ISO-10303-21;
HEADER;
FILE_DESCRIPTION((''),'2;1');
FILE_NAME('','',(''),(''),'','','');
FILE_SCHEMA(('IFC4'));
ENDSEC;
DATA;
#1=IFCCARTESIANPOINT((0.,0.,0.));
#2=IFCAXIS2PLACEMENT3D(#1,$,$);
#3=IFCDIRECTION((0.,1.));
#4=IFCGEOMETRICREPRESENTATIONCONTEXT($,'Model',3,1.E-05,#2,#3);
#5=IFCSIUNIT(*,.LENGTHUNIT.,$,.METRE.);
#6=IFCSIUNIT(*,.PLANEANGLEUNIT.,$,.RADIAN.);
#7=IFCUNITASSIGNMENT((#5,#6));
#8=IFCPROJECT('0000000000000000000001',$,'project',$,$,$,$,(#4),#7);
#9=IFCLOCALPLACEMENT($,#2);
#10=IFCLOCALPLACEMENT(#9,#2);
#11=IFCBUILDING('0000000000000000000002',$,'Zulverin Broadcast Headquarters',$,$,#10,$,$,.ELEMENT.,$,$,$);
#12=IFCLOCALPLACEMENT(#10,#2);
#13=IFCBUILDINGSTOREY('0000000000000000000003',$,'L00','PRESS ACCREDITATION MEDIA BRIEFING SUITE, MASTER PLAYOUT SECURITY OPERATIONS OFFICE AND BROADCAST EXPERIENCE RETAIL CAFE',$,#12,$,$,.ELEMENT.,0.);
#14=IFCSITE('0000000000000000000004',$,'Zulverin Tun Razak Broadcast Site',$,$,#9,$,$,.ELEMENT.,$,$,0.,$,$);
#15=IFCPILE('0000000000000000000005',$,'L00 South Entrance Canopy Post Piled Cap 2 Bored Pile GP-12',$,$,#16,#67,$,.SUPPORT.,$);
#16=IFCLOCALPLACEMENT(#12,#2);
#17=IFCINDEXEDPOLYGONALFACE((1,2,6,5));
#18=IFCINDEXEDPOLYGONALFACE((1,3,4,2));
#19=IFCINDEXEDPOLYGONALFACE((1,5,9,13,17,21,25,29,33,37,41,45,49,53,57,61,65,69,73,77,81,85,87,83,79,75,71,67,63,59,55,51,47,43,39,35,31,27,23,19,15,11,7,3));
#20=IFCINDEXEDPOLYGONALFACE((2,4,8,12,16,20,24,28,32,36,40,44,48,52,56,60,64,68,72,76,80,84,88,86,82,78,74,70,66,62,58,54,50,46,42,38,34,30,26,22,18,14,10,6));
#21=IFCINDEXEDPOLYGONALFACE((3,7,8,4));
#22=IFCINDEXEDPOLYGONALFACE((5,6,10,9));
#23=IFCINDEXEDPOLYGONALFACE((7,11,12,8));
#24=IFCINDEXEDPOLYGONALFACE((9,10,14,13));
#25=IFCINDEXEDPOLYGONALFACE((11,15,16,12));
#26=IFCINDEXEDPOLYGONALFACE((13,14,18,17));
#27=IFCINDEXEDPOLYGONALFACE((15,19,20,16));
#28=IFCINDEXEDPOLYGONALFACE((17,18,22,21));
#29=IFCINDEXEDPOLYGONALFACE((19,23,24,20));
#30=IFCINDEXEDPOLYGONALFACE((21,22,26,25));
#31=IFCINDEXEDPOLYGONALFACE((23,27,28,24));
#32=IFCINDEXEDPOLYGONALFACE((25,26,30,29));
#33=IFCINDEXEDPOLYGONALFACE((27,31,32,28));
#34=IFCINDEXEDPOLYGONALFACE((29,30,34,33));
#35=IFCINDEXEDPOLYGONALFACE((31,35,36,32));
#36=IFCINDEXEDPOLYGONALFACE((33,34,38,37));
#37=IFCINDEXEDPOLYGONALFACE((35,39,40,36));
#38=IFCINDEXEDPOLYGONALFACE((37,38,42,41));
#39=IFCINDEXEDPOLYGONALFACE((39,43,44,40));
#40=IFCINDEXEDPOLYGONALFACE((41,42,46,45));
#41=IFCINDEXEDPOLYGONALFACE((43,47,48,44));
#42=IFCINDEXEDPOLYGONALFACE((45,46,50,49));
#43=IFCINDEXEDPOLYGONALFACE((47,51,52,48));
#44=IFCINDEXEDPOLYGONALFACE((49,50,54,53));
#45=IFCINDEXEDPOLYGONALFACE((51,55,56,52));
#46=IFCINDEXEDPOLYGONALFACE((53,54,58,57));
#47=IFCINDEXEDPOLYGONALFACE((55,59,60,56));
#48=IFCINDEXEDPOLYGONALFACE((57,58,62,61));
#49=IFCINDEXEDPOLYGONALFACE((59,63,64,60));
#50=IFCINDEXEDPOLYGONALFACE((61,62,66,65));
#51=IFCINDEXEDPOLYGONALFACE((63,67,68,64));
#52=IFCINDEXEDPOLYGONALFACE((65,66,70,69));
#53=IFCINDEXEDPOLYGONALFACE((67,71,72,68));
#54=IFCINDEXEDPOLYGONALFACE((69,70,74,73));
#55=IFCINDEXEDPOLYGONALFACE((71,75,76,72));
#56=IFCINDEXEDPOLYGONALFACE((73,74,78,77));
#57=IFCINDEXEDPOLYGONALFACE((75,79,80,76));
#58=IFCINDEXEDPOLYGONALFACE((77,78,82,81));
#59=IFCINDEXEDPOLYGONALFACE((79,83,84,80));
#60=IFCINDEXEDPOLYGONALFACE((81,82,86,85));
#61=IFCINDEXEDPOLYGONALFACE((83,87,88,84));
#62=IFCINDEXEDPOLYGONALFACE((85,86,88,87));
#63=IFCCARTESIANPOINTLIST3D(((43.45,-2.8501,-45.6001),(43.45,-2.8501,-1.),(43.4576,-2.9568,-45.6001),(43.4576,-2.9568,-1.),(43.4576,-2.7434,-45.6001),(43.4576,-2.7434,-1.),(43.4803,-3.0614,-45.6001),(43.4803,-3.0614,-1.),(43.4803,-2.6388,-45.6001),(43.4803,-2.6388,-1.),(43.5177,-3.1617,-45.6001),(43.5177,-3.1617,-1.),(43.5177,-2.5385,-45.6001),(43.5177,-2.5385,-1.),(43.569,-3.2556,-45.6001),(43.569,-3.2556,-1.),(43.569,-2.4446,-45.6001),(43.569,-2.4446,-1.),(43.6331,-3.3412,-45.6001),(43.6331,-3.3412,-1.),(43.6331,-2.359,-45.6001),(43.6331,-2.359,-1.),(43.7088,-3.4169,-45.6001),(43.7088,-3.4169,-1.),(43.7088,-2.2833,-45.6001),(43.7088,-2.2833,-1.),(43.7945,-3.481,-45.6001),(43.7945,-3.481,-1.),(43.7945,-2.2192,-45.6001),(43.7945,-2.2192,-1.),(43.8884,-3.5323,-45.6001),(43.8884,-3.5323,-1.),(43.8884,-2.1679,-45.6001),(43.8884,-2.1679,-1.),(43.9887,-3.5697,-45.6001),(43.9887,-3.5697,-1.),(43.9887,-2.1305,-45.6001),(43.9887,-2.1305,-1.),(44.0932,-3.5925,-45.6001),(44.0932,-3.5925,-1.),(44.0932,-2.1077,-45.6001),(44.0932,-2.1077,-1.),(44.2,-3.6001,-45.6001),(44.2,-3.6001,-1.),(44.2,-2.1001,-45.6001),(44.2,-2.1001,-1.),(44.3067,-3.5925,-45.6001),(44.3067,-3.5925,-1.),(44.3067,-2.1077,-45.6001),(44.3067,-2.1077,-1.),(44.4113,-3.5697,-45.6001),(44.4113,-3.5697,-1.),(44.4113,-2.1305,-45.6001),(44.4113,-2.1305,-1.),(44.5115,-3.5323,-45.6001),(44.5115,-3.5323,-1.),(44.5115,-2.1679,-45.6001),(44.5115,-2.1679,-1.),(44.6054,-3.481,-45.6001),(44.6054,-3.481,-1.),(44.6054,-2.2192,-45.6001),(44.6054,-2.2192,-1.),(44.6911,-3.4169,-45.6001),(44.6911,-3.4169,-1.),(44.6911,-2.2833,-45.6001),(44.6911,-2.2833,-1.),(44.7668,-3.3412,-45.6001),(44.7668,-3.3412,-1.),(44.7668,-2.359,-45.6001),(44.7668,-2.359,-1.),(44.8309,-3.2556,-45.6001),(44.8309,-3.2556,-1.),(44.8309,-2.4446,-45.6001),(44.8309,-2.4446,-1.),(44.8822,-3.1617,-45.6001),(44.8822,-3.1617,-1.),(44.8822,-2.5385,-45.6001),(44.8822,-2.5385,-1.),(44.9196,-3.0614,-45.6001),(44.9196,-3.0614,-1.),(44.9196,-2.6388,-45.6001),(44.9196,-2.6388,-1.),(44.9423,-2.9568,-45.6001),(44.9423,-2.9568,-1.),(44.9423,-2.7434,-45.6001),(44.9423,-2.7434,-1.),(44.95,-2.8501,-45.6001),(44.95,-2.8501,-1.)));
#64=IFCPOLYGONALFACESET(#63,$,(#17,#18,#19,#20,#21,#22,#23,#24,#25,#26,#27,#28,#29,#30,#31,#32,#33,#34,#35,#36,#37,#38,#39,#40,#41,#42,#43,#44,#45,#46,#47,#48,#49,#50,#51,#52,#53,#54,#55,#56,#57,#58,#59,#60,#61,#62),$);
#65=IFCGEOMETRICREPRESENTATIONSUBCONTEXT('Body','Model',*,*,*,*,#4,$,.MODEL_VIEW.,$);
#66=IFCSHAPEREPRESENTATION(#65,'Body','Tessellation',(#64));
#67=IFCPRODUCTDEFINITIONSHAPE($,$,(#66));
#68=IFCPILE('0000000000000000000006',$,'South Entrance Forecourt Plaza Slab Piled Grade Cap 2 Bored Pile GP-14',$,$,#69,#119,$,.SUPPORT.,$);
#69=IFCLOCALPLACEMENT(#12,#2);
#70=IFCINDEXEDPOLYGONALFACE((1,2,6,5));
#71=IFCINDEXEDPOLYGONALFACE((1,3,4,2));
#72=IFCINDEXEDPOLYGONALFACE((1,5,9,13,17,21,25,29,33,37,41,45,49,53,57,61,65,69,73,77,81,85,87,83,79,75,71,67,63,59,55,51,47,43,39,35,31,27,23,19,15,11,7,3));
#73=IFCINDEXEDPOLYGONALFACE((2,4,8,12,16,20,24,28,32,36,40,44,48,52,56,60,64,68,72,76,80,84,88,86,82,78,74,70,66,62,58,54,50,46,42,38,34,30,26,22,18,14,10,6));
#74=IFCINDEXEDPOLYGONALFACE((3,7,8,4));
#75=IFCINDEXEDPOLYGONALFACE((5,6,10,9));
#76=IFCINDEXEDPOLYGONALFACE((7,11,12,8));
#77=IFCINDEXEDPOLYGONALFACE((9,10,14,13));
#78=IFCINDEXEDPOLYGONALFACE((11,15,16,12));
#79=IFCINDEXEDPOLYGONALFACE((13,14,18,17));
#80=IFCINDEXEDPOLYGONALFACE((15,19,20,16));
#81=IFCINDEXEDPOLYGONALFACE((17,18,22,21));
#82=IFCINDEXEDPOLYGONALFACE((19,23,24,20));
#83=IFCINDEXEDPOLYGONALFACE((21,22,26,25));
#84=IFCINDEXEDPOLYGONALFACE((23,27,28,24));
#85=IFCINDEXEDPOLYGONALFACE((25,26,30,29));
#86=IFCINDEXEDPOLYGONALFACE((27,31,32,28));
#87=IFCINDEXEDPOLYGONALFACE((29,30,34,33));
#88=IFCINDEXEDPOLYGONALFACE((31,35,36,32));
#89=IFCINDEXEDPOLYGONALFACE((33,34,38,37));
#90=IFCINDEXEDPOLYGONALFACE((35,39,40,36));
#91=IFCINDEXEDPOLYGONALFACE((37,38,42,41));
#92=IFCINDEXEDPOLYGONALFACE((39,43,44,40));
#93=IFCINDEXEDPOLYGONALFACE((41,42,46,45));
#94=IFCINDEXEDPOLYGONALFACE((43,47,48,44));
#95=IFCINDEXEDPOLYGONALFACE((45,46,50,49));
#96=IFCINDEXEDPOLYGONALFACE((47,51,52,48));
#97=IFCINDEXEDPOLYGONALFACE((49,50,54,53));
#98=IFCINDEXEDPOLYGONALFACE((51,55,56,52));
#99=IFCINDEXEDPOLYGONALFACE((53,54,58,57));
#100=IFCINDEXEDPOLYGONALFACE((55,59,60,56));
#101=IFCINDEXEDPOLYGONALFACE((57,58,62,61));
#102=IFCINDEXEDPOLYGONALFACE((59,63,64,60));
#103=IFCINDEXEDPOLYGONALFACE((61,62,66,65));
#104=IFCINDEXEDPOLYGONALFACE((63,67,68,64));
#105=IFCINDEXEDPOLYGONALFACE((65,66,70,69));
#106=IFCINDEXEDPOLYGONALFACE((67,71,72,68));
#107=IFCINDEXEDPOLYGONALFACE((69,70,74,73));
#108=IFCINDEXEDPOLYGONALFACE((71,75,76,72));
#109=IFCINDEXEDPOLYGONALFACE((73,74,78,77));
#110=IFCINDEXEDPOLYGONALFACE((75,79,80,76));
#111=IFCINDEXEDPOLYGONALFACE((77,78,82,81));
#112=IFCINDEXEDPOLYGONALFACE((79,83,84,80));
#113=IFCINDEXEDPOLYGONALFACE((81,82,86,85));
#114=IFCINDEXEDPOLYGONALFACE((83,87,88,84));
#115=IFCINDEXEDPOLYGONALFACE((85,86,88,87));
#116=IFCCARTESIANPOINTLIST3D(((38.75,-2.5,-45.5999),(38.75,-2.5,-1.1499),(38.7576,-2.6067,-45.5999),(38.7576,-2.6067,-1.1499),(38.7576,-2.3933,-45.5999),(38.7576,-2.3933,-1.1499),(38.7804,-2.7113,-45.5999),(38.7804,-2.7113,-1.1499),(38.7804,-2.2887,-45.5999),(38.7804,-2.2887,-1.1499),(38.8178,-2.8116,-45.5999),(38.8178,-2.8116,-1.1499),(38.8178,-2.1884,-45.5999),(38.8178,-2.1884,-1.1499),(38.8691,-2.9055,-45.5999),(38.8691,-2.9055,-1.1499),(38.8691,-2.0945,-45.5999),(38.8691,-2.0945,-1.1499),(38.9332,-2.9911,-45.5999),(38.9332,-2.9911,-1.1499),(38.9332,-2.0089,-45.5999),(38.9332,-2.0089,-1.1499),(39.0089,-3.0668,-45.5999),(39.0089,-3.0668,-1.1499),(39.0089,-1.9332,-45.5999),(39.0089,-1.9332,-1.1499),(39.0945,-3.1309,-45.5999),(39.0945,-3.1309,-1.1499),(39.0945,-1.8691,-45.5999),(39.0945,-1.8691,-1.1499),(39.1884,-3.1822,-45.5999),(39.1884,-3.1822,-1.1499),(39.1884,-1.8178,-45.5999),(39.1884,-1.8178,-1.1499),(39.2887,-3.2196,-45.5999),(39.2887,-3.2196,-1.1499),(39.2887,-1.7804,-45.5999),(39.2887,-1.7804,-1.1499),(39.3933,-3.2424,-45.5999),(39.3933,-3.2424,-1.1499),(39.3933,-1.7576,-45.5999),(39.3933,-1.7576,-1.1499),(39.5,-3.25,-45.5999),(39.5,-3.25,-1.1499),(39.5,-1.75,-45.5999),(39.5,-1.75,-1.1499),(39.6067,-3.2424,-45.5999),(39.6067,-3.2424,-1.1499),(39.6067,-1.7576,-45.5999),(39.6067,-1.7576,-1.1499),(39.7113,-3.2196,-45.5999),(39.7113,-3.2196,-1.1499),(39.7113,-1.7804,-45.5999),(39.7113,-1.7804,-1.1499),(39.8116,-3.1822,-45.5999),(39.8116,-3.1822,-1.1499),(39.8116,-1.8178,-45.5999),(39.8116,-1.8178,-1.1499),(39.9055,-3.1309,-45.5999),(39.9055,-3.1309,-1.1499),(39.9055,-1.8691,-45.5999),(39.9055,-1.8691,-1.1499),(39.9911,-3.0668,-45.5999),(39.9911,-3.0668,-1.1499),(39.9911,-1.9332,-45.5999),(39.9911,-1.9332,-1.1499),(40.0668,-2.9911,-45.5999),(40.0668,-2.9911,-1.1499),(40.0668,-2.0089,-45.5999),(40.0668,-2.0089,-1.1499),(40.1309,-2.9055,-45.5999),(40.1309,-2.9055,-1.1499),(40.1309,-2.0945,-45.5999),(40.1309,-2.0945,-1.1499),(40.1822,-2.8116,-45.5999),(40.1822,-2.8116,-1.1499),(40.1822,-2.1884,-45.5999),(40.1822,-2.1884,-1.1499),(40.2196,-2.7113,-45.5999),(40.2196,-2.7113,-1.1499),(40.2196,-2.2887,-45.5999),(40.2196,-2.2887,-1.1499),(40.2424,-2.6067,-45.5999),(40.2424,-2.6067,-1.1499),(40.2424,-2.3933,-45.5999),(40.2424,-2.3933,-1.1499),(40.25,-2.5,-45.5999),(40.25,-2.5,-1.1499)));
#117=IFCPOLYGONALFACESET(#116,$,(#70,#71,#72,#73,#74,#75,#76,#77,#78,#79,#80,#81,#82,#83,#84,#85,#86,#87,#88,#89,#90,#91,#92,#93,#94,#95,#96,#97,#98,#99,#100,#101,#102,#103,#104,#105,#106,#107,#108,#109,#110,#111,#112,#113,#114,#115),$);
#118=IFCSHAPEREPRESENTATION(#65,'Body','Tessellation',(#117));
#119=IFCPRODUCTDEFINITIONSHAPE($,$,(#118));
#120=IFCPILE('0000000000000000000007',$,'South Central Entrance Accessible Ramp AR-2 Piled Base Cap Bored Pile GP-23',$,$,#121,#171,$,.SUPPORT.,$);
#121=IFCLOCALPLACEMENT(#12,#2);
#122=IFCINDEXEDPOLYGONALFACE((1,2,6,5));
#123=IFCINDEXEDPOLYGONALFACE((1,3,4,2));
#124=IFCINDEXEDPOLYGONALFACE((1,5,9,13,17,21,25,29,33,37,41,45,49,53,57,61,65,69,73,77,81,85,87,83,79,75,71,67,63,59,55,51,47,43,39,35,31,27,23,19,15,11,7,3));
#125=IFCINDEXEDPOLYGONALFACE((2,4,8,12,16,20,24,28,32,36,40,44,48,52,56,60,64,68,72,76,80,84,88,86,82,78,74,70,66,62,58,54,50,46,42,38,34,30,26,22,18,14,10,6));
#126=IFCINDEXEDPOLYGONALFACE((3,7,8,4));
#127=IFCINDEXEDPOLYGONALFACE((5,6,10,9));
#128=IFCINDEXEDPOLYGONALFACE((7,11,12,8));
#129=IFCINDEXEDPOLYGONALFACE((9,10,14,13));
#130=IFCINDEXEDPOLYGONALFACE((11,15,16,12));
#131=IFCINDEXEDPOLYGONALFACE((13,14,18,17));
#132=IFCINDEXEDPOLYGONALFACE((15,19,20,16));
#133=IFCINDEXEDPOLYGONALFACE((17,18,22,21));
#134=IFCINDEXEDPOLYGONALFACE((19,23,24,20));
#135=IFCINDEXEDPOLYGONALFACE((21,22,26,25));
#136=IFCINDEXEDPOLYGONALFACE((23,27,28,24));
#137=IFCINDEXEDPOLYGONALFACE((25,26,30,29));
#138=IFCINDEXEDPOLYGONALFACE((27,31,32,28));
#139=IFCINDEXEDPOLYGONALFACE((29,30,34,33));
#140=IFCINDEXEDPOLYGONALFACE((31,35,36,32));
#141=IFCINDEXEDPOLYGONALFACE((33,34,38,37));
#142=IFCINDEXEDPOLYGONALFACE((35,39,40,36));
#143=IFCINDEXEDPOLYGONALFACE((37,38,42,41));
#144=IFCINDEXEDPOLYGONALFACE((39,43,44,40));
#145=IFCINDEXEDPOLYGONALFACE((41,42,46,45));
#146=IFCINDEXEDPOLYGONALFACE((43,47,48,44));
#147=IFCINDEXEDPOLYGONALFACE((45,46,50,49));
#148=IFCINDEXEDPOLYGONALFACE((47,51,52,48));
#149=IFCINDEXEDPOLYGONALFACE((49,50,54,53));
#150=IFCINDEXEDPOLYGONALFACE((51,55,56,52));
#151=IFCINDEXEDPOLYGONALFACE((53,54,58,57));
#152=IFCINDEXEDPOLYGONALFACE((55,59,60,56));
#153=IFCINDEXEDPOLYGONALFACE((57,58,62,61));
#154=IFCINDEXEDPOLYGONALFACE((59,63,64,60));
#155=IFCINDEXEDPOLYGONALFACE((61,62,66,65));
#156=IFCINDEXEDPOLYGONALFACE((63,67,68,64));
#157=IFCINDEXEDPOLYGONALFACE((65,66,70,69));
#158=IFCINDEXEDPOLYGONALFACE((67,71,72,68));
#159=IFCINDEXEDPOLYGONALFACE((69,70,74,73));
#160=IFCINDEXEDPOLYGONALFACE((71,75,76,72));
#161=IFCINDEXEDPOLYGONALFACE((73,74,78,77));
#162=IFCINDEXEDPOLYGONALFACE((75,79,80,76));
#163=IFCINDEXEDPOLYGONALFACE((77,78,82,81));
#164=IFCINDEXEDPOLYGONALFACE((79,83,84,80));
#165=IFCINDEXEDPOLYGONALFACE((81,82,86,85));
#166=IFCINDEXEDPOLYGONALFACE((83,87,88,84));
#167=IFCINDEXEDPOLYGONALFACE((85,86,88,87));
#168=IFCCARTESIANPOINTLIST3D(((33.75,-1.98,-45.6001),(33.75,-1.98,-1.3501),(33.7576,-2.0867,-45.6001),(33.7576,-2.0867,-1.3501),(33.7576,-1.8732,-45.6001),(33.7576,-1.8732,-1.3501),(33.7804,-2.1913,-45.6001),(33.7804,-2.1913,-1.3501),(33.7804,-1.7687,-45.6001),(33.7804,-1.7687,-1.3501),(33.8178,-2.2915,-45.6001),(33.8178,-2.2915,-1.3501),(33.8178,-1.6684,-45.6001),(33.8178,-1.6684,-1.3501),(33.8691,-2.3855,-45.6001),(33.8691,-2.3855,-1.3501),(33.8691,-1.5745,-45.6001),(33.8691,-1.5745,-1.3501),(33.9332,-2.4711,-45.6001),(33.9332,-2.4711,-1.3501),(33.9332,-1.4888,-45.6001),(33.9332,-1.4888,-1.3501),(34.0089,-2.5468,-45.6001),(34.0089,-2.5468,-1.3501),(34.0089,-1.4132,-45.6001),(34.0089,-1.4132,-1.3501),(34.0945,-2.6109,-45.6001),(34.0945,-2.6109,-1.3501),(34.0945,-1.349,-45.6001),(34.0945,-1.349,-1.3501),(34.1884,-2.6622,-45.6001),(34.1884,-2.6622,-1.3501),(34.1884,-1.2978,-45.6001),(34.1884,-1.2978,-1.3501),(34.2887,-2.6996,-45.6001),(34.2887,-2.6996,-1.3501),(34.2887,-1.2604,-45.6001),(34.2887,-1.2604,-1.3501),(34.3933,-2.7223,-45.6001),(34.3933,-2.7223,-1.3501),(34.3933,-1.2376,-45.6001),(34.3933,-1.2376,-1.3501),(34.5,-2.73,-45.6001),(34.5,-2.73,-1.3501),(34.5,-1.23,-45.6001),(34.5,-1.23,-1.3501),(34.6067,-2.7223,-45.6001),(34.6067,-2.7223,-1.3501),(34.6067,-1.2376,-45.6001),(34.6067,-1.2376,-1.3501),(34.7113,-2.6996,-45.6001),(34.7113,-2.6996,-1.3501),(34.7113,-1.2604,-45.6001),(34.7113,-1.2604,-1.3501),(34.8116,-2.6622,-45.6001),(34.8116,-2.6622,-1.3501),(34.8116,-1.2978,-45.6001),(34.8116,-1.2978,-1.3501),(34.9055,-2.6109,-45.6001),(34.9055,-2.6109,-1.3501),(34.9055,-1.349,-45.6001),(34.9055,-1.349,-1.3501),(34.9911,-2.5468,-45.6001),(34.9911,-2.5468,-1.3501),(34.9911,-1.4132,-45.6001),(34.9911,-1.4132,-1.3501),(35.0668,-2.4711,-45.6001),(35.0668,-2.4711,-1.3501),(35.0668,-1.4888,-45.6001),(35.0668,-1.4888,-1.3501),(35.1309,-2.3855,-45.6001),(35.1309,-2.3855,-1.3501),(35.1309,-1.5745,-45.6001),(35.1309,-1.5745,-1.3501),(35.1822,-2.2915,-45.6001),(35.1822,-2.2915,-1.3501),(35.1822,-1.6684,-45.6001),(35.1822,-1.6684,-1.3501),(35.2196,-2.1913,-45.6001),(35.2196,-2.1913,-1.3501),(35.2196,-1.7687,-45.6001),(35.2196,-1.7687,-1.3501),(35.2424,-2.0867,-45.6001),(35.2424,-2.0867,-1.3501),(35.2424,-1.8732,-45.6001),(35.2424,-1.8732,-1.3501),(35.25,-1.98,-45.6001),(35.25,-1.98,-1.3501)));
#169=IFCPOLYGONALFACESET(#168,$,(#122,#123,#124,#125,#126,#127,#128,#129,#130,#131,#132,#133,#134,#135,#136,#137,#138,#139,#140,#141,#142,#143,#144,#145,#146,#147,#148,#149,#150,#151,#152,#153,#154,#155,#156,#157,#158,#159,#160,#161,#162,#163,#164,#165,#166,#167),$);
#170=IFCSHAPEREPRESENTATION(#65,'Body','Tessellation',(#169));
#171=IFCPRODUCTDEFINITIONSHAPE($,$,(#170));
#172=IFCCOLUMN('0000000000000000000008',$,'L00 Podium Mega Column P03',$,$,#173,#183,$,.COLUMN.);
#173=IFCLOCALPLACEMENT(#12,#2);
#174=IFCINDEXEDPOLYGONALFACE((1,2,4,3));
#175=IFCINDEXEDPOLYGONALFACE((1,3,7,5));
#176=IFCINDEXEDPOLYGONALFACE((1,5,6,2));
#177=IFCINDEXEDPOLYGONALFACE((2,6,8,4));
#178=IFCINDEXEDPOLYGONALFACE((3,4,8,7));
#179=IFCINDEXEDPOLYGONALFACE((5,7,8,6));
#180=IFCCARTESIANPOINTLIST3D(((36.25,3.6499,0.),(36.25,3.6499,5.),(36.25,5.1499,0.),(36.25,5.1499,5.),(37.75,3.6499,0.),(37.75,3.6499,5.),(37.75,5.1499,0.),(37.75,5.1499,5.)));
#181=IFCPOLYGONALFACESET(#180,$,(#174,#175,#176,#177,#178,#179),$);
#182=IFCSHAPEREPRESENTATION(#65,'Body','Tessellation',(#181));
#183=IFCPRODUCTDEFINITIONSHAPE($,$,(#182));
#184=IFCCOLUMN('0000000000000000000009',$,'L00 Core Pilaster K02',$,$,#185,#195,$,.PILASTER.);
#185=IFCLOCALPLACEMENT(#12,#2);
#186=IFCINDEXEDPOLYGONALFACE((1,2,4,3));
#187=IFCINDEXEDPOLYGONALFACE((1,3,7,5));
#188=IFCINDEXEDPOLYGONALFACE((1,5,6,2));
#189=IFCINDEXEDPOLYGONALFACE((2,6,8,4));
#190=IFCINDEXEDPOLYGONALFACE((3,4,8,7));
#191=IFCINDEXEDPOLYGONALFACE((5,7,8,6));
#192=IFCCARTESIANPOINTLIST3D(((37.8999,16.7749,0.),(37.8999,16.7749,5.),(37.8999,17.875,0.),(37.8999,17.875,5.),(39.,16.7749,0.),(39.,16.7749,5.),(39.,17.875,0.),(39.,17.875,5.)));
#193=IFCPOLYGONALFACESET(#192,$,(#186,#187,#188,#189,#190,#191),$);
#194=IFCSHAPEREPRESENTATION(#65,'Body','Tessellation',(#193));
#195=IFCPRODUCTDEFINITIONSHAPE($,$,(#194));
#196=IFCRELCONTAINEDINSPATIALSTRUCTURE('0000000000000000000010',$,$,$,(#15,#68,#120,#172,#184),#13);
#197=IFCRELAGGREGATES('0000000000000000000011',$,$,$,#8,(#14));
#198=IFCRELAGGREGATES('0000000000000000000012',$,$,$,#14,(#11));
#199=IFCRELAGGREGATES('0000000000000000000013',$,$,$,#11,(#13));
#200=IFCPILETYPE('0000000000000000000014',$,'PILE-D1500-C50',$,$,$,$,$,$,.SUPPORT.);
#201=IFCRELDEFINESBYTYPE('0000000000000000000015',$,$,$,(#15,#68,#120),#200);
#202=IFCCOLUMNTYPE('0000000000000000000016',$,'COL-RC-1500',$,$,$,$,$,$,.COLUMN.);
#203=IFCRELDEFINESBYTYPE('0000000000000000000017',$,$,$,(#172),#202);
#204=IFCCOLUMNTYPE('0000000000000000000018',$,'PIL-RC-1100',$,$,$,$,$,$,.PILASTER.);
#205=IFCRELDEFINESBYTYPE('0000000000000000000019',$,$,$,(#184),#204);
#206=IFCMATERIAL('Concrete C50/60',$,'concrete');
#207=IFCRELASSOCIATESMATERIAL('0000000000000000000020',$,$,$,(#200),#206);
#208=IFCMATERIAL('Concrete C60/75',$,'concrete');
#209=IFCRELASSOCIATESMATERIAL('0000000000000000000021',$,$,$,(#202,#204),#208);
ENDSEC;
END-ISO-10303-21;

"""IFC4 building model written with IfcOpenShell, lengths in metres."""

from ifc_helpers import new_model, si_unit, direction, frame, origin, origin_2d, place, context, subcontext, project, spatial, rectangle, circle, extrude, material, material_profile, profile_set, type_object, element, save


model = new_model("IFC4")

# Units and contexts
model_context = context("Model", 3, precision=1e-05, world=origin(), true_north=direction((0.0, 1.0)))
body_context = subcontext(model_context, "Body", "Model", "MODEL_VIEW")
ifc_project = project(units=[si_unit("LENGTHUNIT", "METRE"), si_unit("PLANEANGLEUNIT", "RADIAN")], contexts=[model_context])

# Site, building, storey
site_placement = place(None, origin())
site = spatial("IfcSite", under=ifc_project, at=site_placement, Name="Zulverin Tun Razak Broadcast Site", CompositionType="ELEMENT", RefElevation=0.0)
building_placement = place(site_placement, origin())
building = spatial("IfcBuilding", under=site, at=building_placement, Name="Zulverin Broadcast Headquarters", CompositionType="ELEMENT")
storey_placement = place(building_placement, origin())
storey = spatial("IfcBuildingStorey", under=building, at=storey_placement, Name="L00", Description="PRESS ACCREDITATION MEDIA BRIEFING SUITE, MASTER PLAYOUT SECURITY OPERATIONS OFFICE AND BROADCAST EXPERIENCE RETAIL CAFE", CompositionType="ELEMENT", Elevation=0.0)

# Piles
ifc_material_1 = material(Name="Concrete C50/60", Category="concrete")
ifc_material_profile_1 = material_profile(ifc_material_1, circle(Radius=0.75, at=origin_2d()), Name="Concrete C50/60", Category="concrete")
ifc_profile_set_1 = profile_set([ifc_material_profile_1], Name="Concrete C50/60")
pile_type = type_object("IfcPileType", Name="PILE-D1500-C50", PredefinedType="SUPPORT", material=ifc_profile_set_1)
pile_1_placement = place(storey_placement, frame((44.2, -2.8501, -1.0), z_axis=(0.0, 0.0, -1.0), x_axis=(1.0, 0.0, 0.0)))
element("IfcPile", 1, at=pile_1_placement, inside=storey, type_object=pile_type, Name="L00 South Entrance Canopy Post Piled Cap 2 Bored Pile GP-12", PredefinedType="SUPPORT", context=body_context, shape_type="SweptSolid", body=[
    extrude(circle(Radius=0.75, at=origin_2d()), origin(), (0.0, 0.0, 1.0), 44.6001),
])
pile_2_placement = place(storey_placement, frame((39.5, -2.5, -1.1499), z_axis=(0.0, 0.0, -1.0), x_axis=(1.0, 0.0, 0.0)))
element("IfcPile", 2, at=pile_2_placement, inside=storey, type_object=pile_type, Name="South Entrance Forecourt Plaza Slab Piled Grade Cap 2 Bored Pile GP-14", PredefinedType="SUPPORT", context=body_context, shape_type="SweptSolid", body=[
    extrude(circle(Radius=0.75, at=origin_2d()), origin(), (0.0, 0.0, 1.0), 44.45),
])
pile_3_placement = place(storey_placement, frame((34.5, -1.98, -1.3501), z_axis=(0.0, 0.0, -1.0), x_axis=(1.0, 0.0, 0.0)))
element("IfcPile", 3, at=pile_3_placement, inside=storey, type_object=pile_type, Name="South Central Entrance Accessible Ramp AR-2 Piled Base Cap Bored Pile GP-23", PredefinedType="SUPPORT", context=body_context, shape_type="SweptSolid", body=[
    extrude(circle(Radius=0.75, at=origin_2d()), origin(), (0.0, 0.0, 1.0), 44.25),
])

# Columns
ifc_material_2 = material(Name="Concrete C60/75", Category="concrete")
ifc_material_profile_2 = material_profile(ifc_material_2, rectangle(XDim=1.5, YDim=1.5, at=origin_2d()), Name="Concrete C60/75", Category="concrete")
ifc_profile_set_2 = profile_set([ifc_material_profile_2], Name="Concrete C60/75")
column_type_1 = type_object("IfcColumnType", Name="COL-RC-1500", PredefinedType="COLUMN", material=ifc_profile_set_2)
column_1_placement = place(storey_placement, frame((37.0, 4.3999, 0.0), z_axis=(0.0, 0.0, 1.0), x_axis=(1.0, 0.0, 0.0)))
element("IfcColumn", 4, at=column_1_placement, inside=storey, type_object=column_type_1, Name="L00 Podium Mega Column P03", PredefinedType="COLUMN", context=body_context, shape_type="SweptSolid", body=[
    extrude(rectangle(XDim=1.5, YDim=1.5, at=origin_2d()), origin(), (0.0, 0.0, 1.0), 5.0),
])
ifc_material_profile_3 = material_profile(ifc_material_2, rectangle(XDim=1.1001, YDim=1.1001, at=origin_2d()), Name="Concrete C60/75", Category="concrete")
ifc_profile_set_3 = profile_set([ifc_material_profile_3], Name="Concrete C60/75")
column_type_2 = type_object("IfcColumnType", Name="PIL-RC-1100", PredefinedType="PILASTER", material=ifc_profile_set_3)
column_2_placement = place(storey_placement, frame((38.45, 17.325, 0.0), z_axis=(0.0, 0.0, 1.0), x_axis=(1.0, 0.0, 0.0)))
element("IfcColumn", 5, at=column_2_placement, inside=storey, type_object=column_type_2, Name="L00 Core Pilaster K02", PredefinedType="PILASTER", context=body_context, shape_type="SweptSolid", body=[
    extrude(rectangle(XDim=1.1001, YDim=1.1001, at=origin_2d()), origin(), (0.0, 0.0, 1.0), 5.0),
])

save(model, "model.ifc")
